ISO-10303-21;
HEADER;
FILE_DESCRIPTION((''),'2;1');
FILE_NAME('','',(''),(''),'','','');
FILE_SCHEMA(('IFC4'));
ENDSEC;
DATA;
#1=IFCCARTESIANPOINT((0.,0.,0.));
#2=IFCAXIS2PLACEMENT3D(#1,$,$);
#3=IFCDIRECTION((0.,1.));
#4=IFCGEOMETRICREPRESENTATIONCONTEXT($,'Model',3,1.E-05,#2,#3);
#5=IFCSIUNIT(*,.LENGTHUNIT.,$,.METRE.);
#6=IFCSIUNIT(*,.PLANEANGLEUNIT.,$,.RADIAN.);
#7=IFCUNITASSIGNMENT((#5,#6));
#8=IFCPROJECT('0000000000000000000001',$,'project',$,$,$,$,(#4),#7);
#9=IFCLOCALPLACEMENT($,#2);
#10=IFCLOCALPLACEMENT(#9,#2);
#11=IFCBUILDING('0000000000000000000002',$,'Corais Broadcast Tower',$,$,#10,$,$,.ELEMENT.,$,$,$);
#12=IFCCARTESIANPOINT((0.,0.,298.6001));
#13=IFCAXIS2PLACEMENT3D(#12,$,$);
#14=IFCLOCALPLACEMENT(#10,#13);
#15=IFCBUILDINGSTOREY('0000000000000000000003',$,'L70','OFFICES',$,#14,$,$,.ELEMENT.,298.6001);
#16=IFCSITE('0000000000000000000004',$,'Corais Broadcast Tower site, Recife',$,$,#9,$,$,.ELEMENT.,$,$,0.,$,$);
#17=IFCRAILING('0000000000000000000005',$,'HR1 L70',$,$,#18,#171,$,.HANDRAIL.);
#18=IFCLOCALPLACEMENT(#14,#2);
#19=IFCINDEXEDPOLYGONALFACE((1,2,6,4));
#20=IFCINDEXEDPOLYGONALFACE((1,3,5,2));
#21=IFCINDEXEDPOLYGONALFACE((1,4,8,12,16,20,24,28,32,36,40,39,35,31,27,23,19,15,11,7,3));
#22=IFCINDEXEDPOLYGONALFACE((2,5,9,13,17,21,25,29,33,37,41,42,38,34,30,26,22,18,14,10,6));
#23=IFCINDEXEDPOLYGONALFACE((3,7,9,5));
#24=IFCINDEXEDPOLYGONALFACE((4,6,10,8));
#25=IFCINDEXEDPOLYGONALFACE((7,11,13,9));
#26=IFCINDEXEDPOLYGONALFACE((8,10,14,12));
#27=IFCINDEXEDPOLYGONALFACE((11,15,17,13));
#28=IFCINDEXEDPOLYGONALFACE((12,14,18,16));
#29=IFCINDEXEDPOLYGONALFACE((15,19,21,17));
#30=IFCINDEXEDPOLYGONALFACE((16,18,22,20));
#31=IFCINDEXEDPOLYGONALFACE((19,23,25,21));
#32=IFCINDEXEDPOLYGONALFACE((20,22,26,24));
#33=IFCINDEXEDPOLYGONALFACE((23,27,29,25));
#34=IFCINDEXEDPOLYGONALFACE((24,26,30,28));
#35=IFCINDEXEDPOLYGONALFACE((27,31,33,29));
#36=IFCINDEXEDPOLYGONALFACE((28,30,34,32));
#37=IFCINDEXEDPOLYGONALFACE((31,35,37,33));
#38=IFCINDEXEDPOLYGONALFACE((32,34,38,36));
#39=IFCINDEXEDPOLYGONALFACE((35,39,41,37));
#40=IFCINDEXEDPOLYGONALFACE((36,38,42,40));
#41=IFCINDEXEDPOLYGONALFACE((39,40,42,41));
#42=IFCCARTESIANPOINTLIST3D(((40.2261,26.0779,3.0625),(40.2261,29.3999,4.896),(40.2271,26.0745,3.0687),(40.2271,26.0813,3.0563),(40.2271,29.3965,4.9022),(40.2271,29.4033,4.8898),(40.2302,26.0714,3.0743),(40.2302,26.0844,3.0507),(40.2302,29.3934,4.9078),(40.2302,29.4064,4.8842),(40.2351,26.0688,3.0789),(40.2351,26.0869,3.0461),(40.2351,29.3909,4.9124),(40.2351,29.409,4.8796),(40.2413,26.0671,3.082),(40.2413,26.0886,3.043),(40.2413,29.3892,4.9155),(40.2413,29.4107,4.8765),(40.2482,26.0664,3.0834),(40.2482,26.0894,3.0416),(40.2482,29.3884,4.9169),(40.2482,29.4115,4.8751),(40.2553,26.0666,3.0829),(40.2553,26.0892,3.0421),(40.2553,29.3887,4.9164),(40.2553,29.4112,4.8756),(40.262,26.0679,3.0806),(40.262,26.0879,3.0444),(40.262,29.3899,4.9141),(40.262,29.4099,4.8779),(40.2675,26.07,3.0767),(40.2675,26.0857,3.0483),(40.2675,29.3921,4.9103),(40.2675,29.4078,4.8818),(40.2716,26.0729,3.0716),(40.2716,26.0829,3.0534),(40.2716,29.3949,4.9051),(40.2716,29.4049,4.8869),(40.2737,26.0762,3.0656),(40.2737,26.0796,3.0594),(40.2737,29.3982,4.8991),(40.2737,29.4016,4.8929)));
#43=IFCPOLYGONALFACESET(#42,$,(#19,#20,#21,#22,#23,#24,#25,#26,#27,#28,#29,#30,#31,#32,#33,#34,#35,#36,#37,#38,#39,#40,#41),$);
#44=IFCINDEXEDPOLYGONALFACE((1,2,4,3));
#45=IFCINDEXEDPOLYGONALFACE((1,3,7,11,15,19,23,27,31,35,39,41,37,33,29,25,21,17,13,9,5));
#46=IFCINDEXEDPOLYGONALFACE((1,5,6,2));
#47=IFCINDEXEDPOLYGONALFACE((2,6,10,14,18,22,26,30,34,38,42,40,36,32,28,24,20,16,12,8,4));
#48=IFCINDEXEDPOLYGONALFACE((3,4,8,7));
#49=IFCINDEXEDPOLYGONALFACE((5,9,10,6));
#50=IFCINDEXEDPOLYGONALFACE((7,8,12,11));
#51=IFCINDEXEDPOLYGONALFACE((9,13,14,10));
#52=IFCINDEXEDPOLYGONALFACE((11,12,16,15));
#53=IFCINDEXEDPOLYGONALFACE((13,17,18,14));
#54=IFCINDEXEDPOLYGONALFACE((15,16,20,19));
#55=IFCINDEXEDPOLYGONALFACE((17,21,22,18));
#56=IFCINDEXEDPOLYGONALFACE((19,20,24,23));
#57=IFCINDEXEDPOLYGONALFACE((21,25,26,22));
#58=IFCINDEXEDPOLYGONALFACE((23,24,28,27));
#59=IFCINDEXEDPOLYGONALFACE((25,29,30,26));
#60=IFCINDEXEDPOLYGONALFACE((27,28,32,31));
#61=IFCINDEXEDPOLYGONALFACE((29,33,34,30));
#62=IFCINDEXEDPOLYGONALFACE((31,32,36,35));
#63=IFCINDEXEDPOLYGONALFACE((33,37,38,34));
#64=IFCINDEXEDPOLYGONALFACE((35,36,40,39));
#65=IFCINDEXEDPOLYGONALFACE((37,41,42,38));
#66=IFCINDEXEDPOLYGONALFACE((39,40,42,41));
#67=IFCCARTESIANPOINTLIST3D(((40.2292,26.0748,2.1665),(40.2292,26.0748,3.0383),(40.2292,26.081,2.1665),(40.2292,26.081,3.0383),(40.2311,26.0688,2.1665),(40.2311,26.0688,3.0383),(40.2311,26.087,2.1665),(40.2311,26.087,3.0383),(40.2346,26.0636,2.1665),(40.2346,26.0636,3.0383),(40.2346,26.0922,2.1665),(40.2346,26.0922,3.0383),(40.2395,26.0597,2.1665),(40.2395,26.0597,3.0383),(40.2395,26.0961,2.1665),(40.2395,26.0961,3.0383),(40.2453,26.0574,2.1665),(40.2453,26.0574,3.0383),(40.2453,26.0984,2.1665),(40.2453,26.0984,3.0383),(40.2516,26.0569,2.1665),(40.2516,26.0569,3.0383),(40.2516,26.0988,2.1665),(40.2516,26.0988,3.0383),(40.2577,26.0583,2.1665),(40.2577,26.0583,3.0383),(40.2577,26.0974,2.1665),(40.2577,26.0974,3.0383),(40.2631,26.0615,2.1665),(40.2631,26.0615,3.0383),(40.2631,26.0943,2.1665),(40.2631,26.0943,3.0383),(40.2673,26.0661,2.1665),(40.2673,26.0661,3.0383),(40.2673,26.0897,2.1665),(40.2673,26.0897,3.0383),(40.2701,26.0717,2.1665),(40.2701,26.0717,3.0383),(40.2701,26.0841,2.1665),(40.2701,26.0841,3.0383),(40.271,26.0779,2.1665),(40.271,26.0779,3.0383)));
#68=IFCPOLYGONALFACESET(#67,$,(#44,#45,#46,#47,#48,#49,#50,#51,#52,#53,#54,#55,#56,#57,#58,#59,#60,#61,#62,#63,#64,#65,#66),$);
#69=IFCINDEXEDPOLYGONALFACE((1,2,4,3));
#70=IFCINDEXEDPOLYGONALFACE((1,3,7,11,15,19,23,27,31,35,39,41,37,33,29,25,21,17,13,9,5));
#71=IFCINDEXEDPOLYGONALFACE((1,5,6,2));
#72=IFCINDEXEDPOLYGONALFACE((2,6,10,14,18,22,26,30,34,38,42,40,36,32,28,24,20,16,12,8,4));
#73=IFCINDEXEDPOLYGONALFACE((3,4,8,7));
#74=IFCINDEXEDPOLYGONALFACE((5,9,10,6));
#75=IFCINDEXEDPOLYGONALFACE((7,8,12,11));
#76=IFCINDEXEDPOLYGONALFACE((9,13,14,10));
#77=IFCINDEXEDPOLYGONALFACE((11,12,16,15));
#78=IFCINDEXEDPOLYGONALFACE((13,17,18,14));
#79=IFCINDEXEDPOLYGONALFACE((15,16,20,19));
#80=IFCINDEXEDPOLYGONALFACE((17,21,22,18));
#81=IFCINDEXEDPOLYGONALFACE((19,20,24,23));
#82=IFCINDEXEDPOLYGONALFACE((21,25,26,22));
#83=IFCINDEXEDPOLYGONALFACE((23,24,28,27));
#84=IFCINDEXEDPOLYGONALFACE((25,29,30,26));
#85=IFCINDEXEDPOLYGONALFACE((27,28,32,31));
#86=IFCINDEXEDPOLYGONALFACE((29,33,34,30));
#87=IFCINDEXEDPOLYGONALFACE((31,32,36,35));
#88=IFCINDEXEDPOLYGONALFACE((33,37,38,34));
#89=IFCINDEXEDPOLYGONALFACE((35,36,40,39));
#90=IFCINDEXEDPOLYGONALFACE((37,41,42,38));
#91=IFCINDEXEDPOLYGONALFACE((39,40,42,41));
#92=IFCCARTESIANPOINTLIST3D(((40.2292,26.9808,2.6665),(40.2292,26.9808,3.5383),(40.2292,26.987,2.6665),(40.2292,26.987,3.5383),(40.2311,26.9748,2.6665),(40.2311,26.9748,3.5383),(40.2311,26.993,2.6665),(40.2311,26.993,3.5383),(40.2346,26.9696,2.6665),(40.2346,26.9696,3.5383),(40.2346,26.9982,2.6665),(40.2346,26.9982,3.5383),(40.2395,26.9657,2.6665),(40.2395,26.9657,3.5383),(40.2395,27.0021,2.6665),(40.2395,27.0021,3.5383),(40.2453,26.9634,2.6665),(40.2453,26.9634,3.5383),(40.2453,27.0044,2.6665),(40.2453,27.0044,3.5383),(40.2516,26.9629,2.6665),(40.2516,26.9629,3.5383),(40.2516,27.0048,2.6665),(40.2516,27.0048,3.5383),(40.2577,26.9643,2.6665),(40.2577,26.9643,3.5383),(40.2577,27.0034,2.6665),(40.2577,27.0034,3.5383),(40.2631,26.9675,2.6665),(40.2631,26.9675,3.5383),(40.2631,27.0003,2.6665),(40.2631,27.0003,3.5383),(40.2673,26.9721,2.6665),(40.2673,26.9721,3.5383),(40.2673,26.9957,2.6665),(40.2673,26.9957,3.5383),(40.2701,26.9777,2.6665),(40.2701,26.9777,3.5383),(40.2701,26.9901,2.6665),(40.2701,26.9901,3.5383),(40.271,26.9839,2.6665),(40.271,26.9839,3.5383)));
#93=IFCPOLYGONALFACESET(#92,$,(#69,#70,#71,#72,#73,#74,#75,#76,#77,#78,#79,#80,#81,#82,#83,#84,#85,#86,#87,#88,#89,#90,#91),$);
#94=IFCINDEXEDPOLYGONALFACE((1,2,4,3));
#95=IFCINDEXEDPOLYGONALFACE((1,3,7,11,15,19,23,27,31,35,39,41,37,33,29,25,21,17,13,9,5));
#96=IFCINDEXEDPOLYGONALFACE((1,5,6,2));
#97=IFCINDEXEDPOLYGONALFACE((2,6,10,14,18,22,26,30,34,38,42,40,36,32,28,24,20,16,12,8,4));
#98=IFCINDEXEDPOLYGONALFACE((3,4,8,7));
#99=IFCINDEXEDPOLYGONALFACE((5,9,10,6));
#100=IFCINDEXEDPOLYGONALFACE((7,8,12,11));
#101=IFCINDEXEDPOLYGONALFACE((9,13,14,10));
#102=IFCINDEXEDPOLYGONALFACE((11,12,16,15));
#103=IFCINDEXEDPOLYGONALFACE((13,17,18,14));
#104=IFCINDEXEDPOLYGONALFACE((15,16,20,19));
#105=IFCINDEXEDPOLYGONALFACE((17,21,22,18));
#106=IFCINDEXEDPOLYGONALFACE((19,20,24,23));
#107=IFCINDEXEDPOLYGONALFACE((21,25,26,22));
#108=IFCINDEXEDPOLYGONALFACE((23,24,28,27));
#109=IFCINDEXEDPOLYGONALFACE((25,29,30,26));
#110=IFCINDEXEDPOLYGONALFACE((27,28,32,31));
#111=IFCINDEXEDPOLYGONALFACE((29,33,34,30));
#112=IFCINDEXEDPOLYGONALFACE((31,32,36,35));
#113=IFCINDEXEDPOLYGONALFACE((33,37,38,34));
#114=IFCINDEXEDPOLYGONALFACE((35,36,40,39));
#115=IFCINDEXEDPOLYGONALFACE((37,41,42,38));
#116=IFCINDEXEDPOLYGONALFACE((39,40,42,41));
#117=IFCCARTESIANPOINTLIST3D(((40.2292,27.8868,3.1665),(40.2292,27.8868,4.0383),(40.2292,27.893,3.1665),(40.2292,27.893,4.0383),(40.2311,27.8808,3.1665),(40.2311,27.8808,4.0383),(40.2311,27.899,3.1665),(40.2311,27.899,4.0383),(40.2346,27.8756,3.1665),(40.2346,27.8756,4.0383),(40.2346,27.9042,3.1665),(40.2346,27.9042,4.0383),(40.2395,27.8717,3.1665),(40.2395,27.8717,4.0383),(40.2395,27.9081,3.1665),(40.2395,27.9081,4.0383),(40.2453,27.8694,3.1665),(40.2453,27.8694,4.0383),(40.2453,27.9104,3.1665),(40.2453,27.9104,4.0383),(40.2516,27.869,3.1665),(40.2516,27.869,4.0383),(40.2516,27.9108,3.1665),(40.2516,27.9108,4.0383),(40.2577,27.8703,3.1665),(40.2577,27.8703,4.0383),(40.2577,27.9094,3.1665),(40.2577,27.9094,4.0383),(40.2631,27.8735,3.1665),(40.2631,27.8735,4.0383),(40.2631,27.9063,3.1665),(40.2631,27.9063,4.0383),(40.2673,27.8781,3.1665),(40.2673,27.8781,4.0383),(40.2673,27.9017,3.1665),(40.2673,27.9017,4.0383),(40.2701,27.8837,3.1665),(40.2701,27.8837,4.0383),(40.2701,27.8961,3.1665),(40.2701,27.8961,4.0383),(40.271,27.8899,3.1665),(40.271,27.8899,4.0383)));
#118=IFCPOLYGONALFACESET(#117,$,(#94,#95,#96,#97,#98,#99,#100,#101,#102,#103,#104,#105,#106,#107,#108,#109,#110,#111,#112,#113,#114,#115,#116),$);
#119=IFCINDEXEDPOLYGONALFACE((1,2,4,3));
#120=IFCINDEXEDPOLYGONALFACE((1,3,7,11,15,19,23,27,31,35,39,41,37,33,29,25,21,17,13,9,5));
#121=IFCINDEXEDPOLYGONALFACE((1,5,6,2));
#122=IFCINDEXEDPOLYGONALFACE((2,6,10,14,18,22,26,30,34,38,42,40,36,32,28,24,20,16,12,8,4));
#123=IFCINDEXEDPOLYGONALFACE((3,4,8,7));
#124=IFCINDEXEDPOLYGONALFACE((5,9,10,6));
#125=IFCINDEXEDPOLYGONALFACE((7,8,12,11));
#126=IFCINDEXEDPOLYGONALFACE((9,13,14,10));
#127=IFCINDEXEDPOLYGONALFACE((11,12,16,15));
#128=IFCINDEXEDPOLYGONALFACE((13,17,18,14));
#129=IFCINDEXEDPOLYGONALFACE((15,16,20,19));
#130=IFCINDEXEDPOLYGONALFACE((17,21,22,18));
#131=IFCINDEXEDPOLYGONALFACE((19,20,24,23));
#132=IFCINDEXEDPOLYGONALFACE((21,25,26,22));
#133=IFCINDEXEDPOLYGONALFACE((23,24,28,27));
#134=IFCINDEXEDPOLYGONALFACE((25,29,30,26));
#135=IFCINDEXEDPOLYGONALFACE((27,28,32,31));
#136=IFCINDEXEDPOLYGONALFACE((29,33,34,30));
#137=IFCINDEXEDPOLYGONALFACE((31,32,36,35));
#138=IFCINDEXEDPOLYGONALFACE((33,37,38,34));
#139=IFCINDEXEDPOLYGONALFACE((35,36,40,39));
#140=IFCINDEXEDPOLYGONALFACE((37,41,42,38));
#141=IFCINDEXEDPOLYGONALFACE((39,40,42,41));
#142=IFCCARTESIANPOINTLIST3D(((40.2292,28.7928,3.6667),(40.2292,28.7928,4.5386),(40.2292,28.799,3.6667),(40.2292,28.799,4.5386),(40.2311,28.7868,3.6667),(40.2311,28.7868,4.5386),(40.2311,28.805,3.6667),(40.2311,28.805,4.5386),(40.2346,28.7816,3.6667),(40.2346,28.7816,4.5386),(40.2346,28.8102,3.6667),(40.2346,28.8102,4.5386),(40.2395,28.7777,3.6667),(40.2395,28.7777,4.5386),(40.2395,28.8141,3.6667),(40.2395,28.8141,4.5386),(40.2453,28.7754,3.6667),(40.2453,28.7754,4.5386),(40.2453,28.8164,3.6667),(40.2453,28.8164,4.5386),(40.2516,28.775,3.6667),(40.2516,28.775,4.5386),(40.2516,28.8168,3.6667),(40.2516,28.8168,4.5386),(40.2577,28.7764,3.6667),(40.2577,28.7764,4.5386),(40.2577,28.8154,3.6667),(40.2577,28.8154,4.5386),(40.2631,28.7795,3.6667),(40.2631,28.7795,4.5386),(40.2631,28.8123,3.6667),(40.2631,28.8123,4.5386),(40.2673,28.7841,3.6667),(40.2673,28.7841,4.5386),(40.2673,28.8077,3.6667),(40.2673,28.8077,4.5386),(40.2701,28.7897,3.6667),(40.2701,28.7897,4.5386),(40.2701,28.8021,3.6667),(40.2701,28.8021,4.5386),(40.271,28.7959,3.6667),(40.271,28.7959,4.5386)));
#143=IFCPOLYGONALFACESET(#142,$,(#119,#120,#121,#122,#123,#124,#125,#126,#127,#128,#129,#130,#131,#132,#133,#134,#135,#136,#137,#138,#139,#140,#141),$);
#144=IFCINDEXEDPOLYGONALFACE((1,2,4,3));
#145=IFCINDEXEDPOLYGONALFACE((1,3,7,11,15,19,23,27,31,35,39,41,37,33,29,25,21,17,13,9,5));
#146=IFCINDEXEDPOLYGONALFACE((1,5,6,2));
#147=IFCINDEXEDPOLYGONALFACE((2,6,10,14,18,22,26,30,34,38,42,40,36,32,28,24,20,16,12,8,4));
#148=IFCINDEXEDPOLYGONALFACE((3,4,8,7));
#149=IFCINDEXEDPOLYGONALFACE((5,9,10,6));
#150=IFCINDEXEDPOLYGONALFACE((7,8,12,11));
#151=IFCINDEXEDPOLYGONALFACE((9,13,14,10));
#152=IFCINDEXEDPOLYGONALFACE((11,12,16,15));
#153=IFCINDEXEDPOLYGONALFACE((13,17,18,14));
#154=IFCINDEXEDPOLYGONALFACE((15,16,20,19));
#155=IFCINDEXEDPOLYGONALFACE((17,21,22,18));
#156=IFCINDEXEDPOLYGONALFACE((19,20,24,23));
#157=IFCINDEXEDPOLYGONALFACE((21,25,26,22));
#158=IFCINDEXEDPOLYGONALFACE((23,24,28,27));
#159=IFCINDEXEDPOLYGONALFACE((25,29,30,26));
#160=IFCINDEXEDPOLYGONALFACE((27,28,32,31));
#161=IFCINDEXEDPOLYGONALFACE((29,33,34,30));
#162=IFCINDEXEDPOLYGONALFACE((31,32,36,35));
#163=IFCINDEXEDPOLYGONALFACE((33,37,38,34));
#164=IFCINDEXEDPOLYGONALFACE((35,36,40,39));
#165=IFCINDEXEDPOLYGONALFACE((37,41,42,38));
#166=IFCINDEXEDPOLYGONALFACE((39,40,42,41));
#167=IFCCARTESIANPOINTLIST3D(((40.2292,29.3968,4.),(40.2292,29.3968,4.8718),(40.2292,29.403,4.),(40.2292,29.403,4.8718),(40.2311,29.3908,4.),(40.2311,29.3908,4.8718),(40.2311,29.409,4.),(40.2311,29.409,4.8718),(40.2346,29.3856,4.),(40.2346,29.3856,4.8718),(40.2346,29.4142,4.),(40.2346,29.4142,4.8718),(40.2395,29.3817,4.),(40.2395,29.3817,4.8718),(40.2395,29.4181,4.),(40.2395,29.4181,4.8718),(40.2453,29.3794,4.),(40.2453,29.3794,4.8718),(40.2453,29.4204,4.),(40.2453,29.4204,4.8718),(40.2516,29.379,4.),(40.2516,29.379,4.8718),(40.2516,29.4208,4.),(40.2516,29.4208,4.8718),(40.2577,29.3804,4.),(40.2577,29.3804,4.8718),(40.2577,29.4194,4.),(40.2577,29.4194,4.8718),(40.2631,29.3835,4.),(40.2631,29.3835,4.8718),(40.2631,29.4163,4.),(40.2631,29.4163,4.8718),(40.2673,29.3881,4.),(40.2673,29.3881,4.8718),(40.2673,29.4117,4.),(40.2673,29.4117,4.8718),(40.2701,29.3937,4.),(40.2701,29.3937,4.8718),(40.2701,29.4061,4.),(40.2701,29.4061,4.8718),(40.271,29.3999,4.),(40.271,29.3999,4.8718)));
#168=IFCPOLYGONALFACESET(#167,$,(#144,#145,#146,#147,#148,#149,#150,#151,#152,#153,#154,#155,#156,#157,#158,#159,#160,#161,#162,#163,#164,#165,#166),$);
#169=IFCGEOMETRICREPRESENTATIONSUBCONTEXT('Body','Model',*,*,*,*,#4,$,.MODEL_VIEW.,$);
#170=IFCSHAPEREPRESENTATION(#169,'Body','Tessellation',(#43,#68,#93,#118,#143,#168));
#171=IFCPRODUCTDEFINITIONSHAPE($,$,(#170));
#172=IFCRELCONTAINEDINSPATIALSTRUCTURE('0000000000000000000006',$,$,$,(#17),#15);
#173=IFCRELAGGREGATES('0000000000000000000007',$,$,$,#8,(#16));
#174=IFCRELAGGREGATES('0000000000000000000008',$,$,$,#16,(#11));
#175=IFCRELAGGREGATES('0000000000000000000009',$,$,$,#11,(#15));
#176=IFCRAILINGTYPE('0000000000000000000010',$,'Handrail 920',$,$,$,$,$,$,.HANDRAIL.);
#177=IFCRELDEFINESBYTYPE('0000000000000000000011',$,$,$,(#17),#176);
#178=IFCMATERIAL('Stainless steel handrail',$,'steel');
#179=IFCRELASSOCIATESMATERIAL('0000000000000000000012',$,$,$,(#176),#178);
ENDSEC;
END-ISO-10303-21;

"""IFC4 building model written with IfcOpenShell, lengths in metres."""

from ifc_helpers import new_model, si_unit, direction, frame, origin, origin_2d, place, context, subcontext, project, spatial, circle, extrude, material, type_object, element, save


model = new_model("IFC4")

# Units and contexts
model_context = context("Model", 3, precision=1e-05, world=origin(), true_north=direction((0.0, 1.0)))
body_context = subcontext(model_context, "Body", "Model", "MODEL_VIEW")
ifc_project = project(units=[si_unit("LENGTHUNIT", "METRE"), si_unit("PLANEANGLEUNIT", "RADIAN")], contexts=[model_context])

# Site, building, storey
site_placement = place(None, origin())
site = spatial("IfcSite", under=ifc_project, at=site_placement, Name="Corais Broadcast Tower site, Recife", CompositionType="ELEMENT", RefElevation=0.0)
building_placement = place(site_placement, origin())
building = spatial("IfcBuilding", under=site, at=building_placement, Name="Corais Broadcast Tower", CompositionType="ELEMENT")
storey_placement = place(building_placement, frame((0.0, 0.0, 298.6001)))
storey = spatial("IfcBuildingStorey", under=building, at=storey_placement, Name="L70", Description="OFFICES", CompositionType="ELEMENT", Elevation=298.6001)

# Railing
ifc_material_1 = material(Name="Stainless steel handrail", Category="steel")
railing_type = type_object("IfcRailingType", Name="Handrail 920", PredefinedType="HANDRAIL", material=ifc_material_1)
for number, where, name in (
    (1, (40.25, 26.0779, 2.1665), "HR1 L70"),
):
    element("IfcRailing", number, at=place(storey_placement, frame(where)), inside=storey, type_object=railing_type, Name=name, PredefinedType="HANDRAIL", context=body_context, shape_type="SweptSolid", body=[
        extrude(circle(Radius=0.0239, at=origin_2d()), frame((0.0, 0.0, 0.896), z_axis=(0.0, 0.875504, 0.48321), x_axis=(-1.0, 0.0, 0.0)), (0.0, 0.0, 1.0), 3.7944),
        extrude(circle(Radius=0.021, at=origin_2d()), origin(), (0.0, 0.0, 1.0), 0.8718),
        extrude(circle(Radius=0.021, at=origin_2d()), frame((0.0, 0.906, 0.5)), (0.0, 0.0, 1.0), 0.8718),
        extrude(circle(Radius=0.021, at=origin_2d()), frame((0.0, 1.812, 1.0)), (0.0, 0.0, 1.0), 0.8718),
        extrude(circle(Radius=0.021, at=origin_2d()), frame((0.0, 2.718, 1.5002)), (0.0, 0.0, 1.0), 0.8718),
        extrude(circle(Radius=0.021, at=origin_2d()), frame((0.0, 3.322, 1.8335)), (0.0, 0.0, 1.0), 0.8718),
    ])

save(model, "model.ifc")
